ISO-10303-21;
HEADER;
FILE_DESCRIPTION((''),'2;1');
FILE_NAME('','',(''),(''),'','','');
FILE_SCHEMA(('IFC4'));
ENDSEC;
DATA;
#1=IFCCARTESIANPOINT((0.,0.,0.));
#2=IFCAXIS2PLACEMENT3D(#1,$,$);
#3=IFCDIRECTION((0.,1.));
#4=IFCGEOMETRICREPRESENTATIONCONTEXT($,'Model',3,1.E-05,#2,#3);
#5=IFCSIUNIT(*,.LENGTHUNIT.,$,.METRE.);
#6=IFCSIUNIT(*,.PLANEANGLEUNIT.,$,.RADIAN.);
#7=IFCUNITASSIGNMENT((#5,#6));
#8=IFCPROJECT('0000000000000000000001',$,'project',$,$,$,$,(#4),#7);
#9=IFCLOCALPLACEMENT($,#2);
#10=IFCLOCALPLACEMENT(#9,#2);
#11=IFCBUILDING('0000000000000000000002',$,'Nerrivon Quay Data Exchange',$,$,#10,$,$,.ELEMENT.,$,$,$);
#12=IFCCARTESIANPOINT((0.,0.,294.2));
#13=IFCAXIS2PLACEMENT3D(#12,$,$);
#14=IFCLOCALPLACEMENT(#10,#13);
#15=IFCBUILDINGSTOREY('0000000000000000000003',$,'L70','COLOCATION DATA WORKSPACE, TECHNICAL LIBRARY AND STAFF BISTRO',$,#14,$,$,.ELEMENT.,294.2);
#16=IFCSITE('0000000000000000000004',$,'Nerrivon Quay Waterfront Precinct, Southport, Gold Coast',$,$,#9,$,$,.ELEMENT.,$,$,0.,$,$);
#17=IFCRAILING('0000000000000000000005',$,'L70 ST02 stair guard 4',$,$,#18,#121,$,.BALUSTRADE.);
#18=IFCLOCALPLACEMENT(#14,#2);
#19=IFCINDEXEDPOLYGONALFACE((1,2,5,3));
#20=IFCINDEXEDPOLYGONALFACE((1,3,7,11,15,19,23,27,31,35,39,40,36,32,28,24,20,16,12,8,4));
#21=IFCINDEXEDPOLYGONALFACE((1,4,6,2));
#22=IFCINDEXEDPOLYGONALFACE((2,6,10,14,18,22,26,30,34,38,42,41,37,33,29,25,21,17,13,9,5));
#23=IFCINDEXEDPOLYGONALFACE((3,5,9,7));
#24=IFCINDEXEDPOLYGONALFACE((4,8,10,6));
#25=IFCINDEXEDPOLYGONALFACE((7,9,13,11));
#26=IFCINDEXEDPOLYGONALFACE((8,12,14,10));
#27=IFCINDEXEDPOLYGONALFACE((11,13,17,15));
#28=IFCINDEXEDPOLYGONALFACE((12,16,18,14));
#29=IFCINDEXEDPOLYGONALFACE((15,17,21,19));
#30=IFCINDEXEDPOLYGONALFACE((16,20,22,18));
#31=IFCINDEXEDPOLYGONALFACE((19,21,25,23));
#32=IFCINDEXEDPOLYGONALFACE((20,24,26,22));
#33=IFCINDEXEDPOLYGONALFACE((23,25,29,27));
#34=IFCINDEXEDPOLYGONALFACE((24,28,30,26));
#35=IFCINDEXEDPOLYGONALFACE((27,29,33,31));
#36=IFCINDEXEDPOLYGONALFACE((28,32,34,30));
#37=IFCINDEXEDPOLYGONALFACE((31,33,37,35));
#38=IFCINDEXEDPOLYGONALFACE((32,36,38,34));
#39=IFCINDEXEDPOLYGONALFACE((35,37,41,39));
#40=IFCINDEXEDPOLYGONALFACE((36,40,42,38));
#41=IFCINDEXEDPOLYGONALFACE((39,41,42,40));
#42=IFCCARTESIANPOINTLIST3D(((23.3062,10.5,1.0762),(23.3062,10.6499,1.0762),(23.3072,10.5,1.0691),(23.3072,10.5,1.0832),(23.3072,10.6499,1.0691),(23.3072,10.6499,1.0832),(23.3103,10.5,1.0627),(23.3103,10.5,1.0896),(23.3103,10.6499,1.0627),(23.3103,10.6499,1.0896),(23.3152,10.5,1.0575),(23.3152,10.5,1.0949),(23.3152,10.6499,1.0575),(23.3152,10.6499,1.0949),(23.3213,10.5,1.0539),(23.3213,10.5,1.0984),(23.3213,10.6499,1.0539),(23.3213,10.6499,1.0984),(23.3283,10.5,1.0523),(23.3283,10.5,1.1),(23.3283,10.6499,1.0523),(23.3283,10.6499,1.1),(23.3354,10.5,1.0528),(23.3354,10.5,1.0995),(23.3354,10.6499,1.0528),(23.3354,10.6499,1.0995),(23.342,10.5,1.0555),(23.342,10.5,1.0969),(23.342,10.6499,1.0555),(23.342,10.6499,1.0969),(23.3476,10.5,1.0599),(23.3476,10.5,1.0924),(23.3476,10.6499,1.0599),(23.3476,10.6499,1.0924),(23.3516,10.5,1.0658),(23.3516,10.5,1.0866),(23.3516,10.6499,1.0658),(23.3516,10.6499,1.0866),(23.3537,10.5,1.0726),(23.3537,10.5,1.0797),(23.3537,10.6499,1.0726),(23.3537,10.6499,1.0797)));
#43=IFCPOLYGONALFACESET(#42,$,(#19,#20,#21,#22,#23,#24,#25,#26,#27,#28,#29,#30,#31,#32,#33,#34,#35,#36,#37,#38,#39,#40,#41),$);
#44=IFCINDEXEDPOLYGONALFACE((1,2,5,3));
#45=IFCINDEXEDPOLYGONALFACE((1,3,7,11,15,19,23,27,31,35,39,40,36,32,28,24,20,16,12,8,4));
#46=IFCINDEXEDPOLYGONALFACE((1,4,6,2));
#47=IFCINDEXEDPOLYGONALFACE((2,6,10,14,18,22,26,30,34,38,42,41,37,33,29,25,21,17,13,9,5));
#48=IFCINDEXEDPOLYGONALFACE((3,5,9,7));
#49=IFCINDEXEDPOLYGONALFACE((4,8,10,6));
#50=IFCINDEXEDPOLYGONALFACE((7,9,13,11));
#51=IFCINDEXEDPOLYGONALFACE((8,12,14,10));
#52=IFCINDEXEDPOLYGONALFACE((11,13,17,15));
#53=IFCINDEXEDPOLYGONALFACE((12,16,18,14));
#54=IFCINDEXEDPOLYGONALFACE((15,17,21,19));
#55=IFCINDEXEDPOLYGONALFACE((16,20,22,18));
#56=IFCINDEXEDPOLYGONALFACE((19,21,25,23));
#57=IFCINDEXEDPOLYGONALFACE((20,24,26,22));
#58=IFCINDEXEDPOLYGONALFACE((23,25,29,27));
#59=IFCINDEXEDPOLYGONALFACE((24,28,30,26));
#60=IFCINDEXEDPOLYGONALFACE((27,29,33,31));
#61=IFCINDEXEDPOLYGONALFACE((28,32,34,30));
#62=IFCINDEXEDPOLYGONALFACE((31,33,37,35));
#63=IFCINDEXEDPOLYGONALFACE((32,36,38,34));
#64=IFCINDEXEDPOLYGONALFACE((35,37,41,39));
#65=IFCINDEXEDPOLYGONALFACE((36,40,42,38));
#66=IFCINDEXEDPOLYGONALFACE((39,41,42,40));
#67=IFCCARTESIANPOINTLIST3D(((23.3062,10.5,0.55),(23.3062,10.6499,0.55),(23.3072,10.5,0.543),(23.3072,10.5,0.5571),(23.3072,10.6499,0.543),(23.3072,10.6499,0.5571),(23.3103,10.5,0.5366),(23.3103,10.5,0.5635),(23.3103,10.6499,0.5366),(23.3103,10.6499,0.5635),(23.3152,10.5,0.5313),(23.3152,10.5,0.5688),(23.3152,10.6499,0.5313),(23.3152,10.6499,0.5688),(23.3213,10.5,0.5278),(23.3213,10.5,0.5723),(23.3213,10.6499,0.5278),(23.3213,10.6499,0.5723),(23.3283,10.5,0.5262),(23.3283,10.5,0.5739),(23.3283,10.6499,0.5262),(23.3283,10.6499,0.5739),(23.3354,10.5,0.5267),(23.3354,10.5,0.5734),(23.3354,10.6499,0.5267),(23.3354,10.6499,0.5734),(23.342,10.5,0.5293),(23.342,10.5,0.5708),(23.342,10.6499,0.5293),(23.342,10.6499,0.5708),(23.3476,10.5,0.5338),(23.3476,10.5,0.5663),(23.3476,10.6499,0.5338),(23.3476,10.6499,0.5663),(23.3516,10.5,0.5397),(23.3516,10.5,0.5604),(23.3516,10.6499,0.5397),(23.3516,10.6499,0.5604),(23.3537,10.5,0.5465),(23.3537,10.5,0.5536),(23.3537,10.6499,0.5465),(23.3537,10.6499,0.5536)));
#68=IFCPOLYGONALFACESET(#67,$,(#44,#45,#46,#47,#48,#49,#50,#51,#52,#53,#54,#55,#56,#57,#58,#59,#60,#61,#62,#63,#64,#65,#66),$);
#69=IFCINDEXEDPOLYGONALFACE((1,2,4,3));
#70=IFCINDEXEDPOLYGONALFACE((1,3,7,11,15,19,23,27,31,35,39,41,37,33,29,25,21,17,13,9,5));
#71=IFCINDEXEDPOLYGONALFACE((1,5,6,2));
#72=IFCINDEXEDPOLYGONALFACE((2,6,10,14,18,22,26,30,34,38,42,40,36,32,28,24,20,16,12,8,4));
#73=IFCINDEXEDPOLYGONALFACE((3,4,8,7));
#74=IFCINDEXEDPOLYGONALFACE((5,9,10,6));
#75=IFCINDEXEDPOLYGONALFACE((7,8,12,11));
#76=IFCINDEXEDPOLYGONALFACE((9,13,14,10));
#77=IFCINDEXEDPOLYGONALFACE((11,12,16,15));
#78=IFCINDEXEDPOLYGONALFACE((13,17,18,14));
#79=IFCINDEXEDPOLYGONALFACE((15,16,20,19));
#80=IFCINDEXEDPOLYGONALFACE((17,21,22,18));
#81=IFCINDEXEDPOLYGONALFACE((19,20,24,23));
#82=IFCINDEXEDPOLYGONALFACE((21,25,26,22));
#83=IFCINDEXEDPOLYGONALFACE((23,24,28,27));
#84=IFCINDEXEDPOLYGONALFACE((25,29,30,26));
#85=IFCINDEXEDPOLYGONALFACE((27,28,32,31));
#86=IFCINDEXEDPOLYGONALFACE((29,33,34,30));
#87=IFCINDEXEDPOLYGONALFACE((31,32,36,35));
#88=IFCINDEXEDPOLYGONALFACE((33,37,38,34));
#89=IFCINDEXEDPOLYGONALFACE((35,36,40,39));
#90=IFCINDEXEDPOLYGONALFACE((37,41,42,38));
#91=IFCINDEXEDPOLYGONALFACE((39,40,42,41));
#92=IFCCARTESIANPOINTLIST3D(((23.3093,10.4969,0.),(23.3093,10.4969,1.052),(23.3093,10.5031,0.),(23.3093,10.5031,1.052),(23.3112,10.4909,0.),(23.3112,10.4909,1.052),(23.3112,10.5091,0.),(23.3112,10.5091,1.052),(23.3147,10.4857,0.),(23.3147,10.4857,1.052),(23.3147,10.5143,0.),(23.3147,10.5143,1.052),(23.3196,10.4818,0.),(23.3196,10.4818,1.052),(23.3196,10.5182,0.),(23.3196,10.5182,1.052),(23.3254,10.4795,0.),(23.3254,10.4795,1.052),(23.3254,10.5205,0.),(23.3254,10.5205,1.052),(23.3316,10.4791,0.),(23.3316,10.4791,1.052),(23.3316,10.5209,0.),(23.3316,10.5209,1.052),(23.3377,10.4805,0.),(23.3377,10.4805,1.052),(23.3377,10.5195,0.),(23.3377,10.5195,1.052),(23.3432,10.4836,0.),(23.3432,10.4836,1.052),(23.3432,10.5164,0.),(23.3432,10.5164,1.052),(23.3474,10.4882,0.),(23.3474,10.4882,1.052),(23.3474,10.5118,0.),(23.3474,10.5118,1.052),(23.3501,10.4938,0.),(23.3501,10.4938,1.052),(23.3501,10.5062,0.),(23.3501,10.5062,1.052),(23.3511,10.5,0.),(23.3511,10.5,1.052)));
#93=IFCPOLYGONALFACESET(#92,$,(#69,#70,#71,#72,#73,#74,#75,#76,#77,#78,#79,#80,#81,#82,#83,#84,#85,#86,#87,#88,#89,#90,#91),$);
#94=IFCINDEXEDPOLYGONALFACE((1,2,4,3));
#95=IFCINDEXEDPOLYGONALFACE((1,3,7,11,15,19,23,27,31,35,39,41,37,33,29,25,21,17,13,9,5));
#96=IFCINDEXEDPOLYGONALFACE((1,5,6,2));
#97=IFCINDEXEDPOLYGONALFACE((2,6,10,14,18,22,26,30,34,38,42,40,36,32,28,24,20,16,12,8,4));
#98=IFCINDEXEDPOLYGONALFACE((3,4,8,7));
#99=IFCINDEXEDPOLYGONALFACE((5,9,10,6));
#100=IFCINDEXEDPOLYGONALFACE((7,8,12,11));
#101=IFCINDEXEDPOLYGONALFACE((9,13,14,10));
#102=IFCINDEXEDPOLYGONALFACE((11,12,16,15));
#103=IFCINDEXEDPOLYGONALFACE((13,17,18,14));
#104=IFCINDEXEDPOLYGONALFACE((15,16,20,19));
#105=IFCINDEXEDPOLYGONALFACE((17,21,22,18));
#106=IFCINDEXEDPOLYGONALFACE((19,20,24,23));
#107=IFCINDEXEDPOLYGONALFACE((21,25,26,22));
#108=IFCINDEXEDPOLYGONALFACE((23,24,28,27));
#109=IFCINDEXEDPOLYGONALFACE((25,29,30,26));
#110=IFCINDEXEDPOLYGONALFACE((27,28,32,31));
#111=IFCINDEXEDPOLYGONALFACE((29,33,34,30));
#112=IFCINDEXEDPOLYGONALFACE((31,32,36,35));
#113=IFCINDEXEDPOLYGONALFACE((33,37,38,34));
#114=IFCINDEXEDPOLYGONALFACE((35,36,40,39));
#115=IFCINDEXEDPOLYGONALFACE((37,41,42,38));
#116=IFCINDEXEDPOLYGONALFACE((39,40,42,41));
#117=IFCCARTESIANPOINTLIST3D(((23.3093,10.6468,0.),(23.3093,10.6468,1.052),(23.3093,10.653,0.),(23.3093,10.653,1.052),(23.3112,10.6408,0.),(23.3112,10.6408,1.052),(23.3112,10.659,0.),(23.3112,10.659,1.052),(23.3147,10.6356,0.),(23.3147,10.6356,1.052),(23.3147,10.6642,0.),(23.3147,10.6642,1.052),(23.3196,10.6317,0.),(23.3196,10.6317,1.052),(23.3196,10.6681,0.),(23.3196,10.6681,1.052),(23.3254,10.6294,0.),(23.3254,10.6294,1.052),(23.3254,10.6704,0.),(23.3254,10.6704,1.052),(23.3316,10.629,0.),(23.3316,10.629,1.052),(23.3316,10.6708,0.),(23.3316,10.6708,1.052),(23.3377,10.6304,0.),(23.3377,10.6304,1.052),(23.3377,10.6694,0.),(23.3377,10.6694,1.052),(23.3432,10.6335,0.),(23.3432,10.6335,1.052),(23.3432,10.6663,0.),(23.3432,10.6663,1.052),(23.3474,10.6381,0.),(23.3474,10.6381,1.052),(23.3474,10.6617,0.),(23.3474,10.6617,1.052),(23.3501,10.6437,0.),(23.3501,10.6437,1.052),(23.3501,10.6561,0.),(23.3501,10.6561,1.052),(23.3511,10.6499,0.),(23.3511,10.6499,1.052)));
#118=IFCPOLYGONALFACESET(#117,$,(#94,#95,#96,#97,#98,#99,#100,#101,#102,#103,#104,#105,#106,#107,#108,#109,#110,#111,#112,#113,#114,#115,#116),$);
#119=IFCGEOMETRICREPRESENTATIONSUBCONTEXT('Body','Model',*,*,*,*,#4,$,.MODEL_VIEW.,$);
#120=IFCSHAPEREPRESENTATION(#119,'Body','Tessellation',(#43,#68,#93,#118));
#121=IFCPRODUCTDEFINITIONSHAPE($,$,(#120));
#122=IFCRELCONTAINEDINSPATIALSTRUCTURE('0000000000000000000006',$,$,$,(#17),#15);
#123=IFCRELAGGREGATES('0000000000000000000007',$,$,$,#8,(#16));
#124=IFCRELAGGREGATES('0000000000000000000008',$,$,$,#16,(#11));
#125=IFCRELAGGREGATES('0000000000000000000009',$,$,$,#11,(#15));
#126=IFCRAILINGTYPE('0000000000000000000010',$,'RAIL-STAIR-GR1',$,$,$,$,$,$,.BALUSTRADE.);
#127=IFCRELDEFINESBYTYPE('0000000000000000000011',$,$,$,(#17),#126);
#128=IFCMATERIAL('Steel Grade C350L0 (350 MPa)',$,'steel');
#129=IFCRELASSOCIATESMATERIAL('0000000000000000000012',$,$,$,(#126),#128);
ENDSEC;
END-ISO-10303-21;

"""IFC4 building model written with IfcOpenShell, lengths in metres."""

from ifc_helpers import new_model, si_unit, direction, frame, origin, origin_2d, place, context, subcontext, project, spatial, circle, extrude, material, type_object, element, save


model = new_model("IFC4")

# Units and contexts
model_context = context("Model", 3, precision=1e-05, world=origin(), true_north=direction((0.0, 1.0)))
body_context = subcontext(model_context, "Body", "Model", "MODEL_VIEW")
ifc_project = project(units=[si_unit("LENGTHUNIT", "METRE"), si_unit("PLANEANGLEUNIT", "RADIAN")], contexts=[model_context])

# Site, building, storey
site_placement = place(None, origin())
site = spatial("IfcSite", under=ifc_project, at=site_placement, Name="Nerrivon Quay Waterfront Precinct, Southport, Gold Coast", CompositionType="ELEMENT", RefElevation=0.0)
building_placement = place(site_placement, origin())
building = spatial("IfcBuilding", under=site, at=building_placement, Name="Nerrivon Quay Data Exchange", CompositionType="ELEMENT")
storey_placement = place(building_placement, frame((0.0, 0.0, 294.2)))
storey = spatial("IfcBuildingStorey", under=building, at=storey_placement, Name="L70", Description="COLOCATION DATA WORKSPACE, TECHNICAL LIBRARY AND STAFF BISTRO", CompositionType="ELEMENT", Elevation=294.2)

# Railing
ifc_material_1 = material(Name="Steel Grade C350L0 (350 MPa)", Category="steel")
railing_type_1 = type_object("IfcRailingType", Name="RAIL-STAIR-GR1", PredefinedType="BALUSTRADE", material=ifc_material_1)
railing_1_placement = place(storey_placement, frame((23.3301, 10.5, 0.0)))
element("IfcRailing", 1, at=railing_1_placement, inside=storey, type_object=railing_type_1, Name="L70 ST02 stair guard 4", PredefinedType="BALUSTRADE", context=body_context, shape_type="SweptSolid", body=[
    extrude(circle(Radius=0.0239, at=origin_2d()), frame((0.0, 0.0, 1.0762), z_axis=(0.0, 1.0, 0.0), x_axis=(-1.0, 0.0, 0.0)), (0.0, 0.0, 1.0), 0.1499),
    extrude(circle(Radius=0.0239, at=origin_2d()), frame((0.0, 0.0, 0.55), z_axis=(0.0, 1.0, 0.0), x_axis=(-1.0, 0.0, 0.0)), (0.0, 0.0, 1.0), 0.1499),
    extrude(circle(Radius=0.021, at=origin_2d()), origin(), (0.0, 0.0, 1.0), 1.052),
    extrude(circle(Radius=0.021, at=origin_2d()), frame((0.0, 0.1499, 0.0)), (0.0, 0.0, 1.0), 1.052),
])

save(model, "model.ifc")
